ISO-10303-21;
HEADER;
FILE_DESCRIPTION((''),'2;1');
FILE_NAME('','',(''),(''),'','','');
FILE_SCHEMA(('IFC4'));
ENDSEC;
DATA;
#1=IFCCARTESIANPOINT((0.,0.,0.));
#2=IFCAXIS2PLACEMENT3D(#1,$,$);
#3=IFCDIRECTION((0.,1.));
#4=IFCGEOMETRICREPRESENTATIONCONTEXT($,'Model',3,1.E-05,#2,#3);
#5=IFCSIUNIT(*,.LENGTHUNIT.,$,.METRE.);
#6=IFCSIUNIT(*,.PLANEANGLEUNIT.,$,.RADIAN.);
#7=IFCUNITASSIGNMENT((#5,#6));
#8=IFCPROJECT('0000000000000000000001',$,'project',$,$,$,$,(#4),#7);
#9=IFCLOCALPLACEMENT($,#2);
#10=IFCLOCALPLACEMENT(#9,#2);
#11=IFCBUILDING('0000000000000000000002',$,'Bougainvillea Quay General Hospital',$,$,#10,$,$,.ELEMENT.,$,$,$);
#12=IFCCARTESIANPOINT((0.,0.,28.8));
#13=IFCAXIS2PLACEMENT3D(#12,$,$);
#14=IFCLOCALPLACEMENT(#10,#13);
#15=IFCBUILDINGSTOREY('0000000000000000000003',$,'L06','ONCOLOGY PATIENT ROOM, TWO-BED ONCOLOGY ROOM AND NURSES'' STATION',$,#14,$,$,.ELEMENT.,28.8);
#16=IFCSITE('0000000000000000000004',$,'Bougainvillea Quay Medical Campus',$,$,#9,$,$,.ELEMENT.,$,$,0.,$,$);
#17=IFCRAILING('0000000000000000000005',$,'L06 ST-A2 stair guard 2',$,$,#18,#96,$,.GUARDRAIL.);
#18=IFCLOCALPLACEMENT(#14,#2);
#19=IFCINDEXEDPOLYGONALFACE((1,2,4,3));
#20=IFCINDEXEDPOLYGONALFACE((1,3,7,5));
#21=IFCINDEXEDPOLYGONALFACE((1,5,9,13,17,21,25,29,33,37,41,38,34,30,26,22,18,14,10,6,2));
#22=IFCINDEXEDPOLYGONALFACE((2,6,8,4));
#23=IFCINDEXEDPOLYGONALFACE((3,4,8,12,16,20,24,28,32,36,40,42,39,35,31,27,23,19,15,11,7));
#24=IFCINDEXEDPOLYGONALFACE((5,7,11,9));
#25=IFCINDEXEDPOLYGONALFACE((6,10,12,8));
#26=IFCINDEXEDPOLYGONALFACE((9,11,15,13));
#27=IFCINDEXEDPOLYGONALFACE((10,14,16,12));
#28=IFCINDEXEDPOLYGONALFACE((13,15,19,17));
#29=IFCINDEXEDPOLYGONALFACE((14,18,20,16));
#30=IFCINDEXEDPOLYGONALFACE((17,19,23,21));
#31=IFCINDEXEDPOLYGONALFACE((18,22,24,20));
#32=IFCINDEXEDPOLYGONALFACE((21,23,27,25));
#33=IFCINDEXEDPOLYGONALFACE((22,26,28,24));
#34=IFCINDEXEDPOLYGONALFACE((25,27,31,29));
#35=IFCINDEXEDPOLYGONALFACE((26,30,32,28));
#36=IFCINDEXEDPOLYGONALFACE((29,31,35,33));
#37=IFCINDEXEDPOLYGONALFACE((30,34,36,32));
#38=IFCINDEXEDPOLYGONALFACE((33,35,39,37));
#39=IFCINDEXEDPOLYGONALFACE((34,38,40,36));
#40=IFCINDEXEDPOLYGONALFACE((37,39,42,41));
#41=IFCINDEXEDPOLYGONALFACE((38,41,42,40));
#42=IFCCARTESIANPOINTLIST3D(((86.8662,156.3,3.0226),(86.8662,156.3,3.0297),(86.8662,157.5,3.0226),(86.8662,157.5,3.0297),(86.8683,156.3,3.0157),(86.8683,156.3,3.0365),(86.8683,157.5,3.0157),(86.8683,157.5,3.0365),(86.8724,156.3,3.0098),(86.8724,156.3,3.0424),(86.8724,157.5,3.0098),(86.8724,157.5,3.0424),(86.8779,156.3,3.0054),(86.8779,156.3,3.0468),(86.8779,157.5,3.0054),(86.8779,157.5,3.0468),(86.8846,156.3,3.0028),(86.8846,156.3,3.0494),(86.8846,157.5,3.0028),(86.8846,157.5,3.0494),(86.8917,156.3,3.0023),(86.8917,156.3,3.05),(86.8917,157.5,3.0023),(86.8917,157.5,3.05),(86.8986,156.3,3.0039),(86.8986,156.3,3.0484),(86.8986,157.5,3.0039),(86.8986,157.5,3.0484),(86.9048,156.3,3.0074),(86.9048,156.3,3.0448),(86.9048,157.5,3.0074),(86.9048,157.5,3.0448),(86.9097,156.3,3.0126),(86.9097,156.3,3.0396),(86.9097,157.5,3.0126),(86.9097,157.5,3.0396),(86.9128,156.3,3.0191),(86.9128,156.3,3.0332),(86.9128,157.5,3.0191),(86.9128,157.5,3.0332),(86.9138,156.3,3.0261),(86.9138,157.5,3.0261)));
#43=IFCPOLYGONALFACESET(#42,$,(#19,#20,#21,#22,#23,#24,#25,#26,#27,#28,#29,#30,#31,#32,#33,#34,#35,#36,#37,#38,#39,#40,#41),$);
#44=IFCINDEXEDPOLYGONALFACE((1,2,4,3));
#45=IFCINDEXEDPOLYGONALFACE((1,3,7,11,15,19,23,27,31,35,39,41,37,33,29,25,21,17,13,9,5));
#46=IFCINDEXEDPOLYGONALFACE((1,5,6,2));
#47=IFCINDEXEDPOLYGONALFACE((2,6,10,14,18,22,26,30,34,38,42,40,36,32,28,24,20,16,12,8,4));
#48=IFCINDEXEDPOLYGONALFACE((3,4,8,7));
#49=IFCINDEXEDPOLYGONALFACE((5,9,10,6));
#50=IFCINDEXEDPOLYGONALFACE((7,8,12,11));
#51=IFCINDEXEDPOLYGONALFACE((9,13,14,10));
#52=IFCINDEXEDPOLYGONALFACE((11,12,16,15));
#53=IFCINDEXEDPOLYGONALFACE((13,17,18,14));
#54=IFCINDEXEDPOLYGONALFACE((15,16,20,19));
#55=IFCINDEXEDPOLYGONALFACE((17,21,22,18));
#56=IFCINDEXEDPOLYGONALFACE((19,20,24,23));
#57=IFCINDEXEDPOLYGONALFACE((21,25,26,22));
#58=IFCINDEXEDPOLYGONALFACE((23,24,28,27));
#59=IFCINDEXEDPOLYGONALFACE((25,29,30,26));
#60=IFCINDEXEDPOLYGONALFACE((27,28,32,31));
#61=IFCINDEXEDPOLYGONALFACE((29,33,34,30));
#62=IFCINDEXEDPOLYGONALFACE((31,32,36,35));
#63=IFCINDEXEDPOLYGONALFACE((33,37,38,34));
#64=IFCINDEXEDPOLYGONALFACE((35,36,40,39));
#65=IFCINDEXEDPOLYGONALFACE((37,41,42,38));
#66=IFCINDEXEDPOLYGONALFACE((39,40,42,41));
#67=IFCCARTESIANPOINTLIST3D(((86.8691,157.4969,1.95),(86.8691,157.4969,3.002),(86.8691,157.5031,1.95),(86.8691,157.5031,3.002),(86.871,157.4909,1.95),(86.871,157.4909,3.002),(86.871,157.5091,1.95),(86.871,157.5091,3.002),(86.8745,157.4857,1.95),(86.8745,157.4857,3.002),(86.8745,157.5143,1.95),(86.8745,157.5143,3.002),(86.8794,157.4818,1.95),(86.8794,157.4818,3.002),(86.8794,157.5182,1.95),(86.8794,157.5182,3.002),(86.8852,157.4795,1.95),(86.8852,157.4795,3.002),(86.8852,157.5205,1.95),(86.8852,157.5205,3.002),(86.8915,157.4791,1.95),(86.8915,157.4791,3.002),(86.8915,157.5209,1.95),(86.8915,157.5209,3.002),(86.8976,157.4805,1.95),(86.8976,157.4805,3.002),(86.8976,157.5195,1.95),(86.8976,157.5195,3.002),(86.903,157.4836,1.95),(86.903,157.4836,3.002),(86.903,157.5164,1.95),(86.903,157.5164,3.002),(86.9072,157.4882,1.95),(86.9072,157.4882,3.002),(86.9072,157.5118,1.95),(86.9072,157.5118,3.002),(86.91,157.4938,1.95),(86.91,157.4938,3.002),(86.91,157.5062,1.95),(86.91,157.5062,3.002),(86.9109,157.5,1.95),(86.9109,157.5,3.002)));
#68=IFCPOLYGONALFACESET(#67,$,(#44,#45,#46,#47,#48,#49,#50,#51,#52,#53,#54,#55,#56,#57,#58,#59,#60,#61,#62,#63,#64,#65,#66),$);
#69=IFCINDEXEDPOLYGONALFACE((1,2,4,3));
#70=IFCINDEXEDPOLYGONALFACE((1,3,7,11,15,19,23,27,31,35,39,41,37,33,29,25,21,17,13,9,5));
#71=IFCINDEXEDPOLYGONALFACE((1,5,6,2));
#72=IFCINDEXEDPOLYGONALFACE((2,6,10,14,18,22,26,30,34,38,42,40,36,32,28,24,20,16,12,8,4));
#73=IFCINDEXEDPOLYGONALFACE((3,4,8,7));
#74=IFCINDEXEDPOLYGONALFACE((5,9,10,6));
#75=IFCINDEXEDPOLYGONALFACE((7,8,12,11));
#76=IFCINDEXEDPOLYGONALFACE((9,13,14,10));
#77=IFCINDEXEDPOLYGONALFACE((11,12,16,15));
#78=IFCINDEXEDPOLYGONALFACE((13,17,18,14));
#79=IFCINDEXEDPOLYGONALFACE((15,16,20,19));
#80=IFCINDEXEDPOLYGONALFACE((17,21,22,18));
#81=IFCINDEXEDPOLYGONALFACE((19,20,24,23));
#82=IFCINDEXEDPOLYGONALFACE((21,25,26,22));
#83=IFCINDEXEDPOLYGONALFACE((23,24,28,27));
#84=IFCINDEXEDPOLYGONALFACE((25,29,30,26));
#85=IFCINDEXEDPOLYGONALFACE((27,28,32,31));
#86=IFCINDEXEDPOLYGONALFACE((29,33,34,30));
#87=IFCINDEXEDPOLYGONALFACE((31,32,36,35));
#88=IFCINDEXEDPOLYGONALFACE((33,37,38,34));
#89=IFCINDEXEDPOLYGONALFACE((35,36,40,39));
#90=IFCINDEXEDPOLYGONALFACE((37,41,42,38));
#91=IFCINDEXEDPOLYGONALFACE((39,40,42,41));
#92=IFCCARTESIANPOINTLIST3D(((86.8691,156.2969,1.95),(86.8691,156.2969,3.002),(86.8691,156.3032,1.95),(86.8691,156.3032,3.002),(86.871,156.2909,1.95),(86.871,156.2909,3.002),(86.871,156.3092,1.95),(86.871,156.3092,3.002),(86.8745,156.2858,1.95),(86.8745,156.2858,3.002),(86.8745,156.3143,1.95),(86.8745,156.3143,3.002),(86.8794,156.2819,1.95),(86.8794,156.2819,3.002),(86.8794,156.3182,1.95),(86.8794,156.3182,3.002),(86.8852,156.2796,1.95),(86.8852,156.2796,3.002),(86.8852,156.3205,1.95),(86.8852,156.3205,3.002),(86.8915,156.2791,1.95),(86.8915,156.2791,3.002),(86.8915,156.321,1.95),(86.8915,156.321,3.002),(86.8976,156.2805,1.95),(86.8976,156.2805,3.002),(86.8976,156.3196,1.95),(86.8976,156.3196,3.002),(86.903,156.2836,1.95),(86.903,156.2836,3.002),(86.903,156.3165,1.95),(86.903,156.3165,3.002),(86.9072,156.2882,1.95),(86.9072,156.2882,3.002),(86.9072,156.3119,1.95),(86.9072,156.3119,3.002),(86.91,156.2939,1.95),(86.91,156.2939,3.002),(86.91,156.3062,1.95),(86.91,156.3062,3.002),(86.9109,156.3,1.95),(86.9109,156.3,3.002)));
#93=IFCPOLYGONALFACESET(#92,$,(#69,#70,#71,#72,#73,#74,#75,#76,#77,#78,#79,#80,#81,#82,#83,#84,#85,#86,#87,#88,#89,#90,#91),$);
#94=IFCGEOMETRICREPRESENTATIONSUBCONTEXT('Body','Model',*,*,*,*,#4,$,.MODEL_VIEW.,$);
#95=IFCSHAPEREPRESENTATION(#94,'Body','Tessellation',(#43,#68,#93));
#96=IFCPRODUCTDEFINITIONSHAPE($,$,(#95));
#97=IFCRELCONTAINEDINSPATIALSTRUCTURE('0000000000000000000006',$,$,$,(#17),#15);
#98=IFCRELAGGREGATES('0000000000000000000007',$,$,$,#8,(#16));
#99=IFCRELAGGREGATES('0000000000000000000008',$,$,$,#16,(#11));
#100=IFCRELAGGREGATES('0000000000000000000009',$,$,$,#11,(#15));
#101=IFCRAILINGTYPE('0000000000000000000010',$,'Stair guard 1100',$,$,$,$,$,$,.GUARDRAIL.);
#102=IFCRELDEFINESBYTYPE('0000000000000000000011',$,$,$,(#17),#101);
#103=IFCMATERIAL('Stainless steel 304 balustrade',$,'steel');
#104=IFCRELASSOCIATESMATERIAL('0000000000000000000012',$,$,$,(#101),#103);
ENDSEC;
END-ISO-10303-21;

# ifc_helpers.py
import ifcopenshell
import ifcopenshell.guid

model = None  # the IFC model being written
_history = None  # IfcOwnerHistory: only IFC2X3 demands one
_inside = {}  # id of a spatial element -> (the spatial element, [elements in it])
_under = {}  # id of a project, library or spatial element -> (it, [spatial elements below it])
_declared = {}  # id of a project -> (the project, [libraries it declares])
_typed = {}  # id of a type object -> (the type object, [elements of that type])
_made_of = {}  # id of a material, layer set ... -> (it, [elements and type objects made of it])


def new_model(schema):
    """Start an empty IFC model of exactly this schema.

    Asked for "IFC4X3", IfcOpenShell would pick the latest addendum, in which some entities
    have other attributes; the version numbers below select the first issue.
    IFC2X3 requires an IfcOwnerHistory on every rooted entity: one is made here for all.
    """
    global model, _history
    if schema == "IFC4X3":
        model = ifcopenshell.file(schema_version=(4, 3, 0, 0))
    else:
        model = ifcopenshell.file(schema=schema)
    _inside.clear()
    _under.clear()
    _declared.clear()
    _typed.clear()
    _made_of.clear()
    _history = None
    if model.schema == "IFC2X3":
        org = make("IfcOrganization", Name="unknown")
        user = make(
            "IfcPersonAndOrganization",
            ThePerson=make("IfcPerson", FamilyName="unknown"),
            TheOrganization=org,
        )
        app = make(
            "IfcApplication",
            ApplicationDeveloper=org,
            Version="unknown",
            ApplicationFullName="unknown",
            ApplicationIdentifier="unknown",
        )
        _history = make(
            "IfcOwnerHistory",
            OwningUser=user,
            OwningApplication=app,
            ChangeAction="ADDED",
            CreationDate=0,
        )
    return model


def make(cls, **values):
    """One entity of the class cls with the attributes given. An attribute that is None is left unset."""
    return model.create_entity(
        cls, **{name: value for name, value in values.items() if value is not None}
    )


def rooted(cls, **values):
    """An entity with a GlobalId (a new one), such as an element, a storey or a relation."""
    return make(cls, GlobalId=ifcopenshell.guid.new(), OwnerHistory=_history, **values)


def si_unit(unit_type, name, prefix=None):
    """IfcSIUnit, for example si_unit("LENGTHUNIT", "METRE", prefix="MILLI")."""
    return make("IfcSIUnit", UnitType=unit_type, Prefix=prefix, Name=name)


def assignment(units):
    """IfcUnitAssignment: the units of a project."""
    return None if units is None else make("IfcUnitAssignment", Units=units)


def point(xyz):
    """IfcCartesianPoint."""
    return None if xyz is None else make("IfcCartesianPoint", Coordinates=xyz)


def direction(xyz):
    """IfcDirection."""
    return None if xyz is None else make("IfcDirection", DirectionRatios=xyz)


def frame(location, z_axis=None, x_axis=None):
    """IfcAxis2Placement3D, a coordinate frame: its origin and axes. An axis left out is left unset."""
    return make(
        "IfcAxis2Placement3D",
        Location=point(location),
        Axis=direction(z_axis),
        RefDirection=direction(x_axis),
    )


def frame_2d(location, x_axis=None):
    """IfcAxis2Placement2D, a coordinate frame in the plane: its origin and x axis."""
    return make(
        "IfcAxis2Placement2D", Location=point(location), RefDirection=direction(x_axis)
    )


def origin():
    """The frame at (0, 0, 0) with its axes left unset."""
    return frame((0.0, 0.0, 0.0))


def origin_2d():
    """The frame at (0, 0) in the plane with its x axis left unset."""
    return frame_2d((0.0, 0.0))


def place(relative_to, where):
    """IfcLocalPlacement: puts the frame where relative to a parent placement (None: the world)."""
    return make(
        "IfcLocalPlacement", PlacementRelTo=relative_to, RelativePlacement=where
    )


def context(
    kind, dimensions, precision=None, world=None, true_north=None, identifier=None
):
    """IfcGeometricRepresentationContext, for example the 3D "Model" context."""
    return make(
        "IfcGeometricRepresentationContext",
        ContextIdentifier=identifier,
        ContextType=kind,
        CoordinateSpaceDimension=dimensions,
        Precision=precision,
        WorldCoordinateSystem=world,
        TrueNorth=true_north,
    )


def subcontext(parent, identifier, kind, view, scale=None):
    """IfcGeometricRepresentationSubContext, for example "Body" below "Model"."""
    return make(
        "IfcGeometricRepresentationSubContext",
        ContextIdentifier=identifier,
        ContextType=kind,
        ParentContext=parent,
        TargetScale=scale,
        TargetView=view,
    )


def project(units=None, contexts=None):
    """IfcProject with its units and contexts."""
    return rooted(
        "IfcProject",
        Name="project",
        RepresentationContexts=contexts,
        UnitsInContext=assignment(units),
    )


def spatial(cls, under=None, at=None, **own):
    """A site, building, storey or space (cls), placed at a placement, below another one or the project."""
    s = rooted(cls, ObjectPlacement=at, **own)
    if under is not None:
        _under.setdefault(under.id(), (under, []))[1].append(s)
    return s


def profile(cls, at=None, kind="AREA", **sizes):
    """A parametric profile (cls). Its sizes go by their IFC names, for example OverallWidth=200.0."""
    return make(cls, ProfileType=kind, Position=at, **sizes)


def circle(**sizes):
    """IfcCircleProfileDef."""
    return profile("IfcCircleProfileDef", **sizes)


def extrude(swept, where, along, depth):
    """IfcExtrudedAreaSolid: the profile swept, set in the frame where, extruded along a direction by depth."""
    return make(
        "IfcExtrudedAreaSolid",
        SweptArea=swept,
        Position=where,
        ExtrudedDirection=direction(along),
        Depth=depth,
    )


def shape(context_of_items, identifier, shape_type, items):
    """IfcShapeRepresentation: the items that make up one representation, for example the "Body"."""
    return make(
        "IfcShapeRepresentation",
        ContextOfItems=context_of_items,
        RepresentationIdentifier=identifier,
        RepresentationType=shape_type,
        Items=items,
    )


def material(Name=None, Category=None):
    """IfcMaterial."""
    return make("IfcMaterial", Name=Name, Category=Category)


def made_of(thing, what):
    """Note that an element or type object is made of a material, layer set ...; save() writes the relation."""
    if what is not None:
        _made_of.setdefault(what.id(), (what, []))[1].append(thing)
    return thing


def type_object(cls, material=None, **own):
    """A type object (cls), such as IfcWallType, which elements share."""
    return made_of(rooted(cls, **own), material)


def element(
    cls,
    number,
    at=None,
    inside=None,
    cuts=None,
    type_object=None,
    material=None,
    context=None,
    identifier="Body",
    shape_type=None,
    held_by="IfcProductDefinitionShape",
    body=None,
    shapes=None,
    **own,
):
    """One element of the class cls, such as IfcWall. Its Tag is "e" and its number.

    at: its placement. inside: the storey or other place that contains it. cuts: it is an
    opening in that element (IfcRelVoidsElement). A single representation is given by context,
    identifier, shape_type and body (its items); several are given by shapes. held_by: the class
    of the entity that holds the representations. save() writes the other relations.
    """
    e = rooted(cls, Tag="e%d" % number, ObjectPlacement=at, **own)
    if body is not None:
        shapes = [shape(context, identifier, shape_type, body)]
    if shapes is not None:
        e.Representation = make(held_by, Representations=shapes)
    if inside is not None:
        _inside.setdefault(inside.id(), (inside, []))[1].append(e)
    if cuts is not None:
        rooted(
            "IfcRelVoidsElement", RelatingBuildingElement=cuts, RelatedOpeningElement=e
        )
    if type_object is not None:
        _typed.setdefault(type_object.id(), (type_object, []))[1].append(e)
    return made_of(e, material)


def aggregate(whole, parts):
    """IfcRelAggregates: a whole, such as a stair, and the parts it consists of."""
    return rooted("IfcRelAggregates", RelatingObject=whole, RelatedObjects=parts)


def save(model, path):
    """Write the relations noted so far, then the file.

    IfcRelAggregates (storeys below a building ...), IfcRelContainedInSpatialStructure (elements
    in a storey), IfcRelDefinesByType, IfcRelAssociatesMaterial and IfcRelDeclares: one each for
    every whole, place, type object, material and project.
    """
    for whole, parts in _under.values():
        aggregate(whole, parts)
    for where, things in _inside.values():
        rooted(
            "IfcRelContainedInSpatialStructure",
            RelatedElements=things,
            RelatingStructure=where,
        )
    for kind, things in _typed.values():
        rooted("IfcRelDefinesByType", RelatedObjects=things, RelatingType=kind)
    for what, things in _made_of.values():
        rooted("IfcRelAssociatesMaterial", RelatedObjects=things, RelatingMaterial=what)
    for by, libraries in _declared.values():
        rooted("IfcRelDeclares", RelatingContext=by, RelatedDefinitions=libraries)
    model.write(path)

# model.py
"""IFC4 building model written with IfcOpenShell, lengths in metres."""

from ifc_helpers import new_model, si_unit, direction, frame, origin, origin_2d, place, context, subcontext, project, spatial, circle, extrude, material, type_object, element, save


model = new_model("IFC4")

# Units and contexts
model_context = context("Model", 3, precision=1e-05, world=origin(), true_north=direction((0.0, 1.0)))
body_context = subcontext(model_context, "Body", "Model", "MODEL_VIEW")
ifc_project = project(units=[si_unit("LENGTHUNIT", "METRE"), si_unit("PLANEANGLEUNIT", "RADIAN")], contexts=[model_context])

# Site, building, storey
site_placement = place(None, origin())
site = spatial("IfcSite", under=ifc_project, at=site_placement, Name="Bougainvillea Quay Medical Campus", CompositionType="ELEMENT", RefElevation=0.0)
building_placement = place(site_placement, origin())
building = spatial("IfcBuilding", under=site, at=building_placement, Name="Bougainvillea Quay General Hospital", CompositionType="ELEMENT")
storey_placement = place(building_placement, frame((0.0, 0.0, 28.8)))
storey = spatial("IfcBuildingStorey", under=building, at=storey_placement, Name="L06", Description="ONCOLOGY PATIENT ROOM, TWO-BED ONCOLOGY ROOM AND NURSES' STATION", CompositionType="ELEMENT", Elevation=28.8)

# Railing
ifc_material_1 = material(Name="Stainless steel 304 balustrade", Category="steel")
railing_type_1 = type_object("IfcRailingType", Name="Stair guard 1100", PredefinedType="GUARDRAIL", material=ifc_material_1)
railing_1_placement = place(storey_placement, frame((86.8899, 157.5, 1.95)))
element("IfcRailing", 1, at=railing_1_placement, inside=storey, type_object=railing_type_1, Name="L06 ST-A2 stair guard 2", PredefinedType="GUARDRAIL", context=body_context, shape_type="SweptSolid", body=[
    extrude(circle(Radius=0.0239, at=origin_2d()), frame((0.0, 0.0, 1.0762), z_axis=(0.0, -1.0, 0.0), x_axis=(1.0, 0.0, 0.0)), (0.0, 0.0, 1.0), 1.2),
    extrude(circle(Radius=0.021, at=origin_2d()), origin(), (0.0, 0.0, 1.0), 1.052),
    extrude(circle(Radius=0.021, at=origin_2d()), frame((0.0, -1.2, 0.0)), (0.0, 0.0, 1.0), 1.052),
])

save(model, "model.ifc")
